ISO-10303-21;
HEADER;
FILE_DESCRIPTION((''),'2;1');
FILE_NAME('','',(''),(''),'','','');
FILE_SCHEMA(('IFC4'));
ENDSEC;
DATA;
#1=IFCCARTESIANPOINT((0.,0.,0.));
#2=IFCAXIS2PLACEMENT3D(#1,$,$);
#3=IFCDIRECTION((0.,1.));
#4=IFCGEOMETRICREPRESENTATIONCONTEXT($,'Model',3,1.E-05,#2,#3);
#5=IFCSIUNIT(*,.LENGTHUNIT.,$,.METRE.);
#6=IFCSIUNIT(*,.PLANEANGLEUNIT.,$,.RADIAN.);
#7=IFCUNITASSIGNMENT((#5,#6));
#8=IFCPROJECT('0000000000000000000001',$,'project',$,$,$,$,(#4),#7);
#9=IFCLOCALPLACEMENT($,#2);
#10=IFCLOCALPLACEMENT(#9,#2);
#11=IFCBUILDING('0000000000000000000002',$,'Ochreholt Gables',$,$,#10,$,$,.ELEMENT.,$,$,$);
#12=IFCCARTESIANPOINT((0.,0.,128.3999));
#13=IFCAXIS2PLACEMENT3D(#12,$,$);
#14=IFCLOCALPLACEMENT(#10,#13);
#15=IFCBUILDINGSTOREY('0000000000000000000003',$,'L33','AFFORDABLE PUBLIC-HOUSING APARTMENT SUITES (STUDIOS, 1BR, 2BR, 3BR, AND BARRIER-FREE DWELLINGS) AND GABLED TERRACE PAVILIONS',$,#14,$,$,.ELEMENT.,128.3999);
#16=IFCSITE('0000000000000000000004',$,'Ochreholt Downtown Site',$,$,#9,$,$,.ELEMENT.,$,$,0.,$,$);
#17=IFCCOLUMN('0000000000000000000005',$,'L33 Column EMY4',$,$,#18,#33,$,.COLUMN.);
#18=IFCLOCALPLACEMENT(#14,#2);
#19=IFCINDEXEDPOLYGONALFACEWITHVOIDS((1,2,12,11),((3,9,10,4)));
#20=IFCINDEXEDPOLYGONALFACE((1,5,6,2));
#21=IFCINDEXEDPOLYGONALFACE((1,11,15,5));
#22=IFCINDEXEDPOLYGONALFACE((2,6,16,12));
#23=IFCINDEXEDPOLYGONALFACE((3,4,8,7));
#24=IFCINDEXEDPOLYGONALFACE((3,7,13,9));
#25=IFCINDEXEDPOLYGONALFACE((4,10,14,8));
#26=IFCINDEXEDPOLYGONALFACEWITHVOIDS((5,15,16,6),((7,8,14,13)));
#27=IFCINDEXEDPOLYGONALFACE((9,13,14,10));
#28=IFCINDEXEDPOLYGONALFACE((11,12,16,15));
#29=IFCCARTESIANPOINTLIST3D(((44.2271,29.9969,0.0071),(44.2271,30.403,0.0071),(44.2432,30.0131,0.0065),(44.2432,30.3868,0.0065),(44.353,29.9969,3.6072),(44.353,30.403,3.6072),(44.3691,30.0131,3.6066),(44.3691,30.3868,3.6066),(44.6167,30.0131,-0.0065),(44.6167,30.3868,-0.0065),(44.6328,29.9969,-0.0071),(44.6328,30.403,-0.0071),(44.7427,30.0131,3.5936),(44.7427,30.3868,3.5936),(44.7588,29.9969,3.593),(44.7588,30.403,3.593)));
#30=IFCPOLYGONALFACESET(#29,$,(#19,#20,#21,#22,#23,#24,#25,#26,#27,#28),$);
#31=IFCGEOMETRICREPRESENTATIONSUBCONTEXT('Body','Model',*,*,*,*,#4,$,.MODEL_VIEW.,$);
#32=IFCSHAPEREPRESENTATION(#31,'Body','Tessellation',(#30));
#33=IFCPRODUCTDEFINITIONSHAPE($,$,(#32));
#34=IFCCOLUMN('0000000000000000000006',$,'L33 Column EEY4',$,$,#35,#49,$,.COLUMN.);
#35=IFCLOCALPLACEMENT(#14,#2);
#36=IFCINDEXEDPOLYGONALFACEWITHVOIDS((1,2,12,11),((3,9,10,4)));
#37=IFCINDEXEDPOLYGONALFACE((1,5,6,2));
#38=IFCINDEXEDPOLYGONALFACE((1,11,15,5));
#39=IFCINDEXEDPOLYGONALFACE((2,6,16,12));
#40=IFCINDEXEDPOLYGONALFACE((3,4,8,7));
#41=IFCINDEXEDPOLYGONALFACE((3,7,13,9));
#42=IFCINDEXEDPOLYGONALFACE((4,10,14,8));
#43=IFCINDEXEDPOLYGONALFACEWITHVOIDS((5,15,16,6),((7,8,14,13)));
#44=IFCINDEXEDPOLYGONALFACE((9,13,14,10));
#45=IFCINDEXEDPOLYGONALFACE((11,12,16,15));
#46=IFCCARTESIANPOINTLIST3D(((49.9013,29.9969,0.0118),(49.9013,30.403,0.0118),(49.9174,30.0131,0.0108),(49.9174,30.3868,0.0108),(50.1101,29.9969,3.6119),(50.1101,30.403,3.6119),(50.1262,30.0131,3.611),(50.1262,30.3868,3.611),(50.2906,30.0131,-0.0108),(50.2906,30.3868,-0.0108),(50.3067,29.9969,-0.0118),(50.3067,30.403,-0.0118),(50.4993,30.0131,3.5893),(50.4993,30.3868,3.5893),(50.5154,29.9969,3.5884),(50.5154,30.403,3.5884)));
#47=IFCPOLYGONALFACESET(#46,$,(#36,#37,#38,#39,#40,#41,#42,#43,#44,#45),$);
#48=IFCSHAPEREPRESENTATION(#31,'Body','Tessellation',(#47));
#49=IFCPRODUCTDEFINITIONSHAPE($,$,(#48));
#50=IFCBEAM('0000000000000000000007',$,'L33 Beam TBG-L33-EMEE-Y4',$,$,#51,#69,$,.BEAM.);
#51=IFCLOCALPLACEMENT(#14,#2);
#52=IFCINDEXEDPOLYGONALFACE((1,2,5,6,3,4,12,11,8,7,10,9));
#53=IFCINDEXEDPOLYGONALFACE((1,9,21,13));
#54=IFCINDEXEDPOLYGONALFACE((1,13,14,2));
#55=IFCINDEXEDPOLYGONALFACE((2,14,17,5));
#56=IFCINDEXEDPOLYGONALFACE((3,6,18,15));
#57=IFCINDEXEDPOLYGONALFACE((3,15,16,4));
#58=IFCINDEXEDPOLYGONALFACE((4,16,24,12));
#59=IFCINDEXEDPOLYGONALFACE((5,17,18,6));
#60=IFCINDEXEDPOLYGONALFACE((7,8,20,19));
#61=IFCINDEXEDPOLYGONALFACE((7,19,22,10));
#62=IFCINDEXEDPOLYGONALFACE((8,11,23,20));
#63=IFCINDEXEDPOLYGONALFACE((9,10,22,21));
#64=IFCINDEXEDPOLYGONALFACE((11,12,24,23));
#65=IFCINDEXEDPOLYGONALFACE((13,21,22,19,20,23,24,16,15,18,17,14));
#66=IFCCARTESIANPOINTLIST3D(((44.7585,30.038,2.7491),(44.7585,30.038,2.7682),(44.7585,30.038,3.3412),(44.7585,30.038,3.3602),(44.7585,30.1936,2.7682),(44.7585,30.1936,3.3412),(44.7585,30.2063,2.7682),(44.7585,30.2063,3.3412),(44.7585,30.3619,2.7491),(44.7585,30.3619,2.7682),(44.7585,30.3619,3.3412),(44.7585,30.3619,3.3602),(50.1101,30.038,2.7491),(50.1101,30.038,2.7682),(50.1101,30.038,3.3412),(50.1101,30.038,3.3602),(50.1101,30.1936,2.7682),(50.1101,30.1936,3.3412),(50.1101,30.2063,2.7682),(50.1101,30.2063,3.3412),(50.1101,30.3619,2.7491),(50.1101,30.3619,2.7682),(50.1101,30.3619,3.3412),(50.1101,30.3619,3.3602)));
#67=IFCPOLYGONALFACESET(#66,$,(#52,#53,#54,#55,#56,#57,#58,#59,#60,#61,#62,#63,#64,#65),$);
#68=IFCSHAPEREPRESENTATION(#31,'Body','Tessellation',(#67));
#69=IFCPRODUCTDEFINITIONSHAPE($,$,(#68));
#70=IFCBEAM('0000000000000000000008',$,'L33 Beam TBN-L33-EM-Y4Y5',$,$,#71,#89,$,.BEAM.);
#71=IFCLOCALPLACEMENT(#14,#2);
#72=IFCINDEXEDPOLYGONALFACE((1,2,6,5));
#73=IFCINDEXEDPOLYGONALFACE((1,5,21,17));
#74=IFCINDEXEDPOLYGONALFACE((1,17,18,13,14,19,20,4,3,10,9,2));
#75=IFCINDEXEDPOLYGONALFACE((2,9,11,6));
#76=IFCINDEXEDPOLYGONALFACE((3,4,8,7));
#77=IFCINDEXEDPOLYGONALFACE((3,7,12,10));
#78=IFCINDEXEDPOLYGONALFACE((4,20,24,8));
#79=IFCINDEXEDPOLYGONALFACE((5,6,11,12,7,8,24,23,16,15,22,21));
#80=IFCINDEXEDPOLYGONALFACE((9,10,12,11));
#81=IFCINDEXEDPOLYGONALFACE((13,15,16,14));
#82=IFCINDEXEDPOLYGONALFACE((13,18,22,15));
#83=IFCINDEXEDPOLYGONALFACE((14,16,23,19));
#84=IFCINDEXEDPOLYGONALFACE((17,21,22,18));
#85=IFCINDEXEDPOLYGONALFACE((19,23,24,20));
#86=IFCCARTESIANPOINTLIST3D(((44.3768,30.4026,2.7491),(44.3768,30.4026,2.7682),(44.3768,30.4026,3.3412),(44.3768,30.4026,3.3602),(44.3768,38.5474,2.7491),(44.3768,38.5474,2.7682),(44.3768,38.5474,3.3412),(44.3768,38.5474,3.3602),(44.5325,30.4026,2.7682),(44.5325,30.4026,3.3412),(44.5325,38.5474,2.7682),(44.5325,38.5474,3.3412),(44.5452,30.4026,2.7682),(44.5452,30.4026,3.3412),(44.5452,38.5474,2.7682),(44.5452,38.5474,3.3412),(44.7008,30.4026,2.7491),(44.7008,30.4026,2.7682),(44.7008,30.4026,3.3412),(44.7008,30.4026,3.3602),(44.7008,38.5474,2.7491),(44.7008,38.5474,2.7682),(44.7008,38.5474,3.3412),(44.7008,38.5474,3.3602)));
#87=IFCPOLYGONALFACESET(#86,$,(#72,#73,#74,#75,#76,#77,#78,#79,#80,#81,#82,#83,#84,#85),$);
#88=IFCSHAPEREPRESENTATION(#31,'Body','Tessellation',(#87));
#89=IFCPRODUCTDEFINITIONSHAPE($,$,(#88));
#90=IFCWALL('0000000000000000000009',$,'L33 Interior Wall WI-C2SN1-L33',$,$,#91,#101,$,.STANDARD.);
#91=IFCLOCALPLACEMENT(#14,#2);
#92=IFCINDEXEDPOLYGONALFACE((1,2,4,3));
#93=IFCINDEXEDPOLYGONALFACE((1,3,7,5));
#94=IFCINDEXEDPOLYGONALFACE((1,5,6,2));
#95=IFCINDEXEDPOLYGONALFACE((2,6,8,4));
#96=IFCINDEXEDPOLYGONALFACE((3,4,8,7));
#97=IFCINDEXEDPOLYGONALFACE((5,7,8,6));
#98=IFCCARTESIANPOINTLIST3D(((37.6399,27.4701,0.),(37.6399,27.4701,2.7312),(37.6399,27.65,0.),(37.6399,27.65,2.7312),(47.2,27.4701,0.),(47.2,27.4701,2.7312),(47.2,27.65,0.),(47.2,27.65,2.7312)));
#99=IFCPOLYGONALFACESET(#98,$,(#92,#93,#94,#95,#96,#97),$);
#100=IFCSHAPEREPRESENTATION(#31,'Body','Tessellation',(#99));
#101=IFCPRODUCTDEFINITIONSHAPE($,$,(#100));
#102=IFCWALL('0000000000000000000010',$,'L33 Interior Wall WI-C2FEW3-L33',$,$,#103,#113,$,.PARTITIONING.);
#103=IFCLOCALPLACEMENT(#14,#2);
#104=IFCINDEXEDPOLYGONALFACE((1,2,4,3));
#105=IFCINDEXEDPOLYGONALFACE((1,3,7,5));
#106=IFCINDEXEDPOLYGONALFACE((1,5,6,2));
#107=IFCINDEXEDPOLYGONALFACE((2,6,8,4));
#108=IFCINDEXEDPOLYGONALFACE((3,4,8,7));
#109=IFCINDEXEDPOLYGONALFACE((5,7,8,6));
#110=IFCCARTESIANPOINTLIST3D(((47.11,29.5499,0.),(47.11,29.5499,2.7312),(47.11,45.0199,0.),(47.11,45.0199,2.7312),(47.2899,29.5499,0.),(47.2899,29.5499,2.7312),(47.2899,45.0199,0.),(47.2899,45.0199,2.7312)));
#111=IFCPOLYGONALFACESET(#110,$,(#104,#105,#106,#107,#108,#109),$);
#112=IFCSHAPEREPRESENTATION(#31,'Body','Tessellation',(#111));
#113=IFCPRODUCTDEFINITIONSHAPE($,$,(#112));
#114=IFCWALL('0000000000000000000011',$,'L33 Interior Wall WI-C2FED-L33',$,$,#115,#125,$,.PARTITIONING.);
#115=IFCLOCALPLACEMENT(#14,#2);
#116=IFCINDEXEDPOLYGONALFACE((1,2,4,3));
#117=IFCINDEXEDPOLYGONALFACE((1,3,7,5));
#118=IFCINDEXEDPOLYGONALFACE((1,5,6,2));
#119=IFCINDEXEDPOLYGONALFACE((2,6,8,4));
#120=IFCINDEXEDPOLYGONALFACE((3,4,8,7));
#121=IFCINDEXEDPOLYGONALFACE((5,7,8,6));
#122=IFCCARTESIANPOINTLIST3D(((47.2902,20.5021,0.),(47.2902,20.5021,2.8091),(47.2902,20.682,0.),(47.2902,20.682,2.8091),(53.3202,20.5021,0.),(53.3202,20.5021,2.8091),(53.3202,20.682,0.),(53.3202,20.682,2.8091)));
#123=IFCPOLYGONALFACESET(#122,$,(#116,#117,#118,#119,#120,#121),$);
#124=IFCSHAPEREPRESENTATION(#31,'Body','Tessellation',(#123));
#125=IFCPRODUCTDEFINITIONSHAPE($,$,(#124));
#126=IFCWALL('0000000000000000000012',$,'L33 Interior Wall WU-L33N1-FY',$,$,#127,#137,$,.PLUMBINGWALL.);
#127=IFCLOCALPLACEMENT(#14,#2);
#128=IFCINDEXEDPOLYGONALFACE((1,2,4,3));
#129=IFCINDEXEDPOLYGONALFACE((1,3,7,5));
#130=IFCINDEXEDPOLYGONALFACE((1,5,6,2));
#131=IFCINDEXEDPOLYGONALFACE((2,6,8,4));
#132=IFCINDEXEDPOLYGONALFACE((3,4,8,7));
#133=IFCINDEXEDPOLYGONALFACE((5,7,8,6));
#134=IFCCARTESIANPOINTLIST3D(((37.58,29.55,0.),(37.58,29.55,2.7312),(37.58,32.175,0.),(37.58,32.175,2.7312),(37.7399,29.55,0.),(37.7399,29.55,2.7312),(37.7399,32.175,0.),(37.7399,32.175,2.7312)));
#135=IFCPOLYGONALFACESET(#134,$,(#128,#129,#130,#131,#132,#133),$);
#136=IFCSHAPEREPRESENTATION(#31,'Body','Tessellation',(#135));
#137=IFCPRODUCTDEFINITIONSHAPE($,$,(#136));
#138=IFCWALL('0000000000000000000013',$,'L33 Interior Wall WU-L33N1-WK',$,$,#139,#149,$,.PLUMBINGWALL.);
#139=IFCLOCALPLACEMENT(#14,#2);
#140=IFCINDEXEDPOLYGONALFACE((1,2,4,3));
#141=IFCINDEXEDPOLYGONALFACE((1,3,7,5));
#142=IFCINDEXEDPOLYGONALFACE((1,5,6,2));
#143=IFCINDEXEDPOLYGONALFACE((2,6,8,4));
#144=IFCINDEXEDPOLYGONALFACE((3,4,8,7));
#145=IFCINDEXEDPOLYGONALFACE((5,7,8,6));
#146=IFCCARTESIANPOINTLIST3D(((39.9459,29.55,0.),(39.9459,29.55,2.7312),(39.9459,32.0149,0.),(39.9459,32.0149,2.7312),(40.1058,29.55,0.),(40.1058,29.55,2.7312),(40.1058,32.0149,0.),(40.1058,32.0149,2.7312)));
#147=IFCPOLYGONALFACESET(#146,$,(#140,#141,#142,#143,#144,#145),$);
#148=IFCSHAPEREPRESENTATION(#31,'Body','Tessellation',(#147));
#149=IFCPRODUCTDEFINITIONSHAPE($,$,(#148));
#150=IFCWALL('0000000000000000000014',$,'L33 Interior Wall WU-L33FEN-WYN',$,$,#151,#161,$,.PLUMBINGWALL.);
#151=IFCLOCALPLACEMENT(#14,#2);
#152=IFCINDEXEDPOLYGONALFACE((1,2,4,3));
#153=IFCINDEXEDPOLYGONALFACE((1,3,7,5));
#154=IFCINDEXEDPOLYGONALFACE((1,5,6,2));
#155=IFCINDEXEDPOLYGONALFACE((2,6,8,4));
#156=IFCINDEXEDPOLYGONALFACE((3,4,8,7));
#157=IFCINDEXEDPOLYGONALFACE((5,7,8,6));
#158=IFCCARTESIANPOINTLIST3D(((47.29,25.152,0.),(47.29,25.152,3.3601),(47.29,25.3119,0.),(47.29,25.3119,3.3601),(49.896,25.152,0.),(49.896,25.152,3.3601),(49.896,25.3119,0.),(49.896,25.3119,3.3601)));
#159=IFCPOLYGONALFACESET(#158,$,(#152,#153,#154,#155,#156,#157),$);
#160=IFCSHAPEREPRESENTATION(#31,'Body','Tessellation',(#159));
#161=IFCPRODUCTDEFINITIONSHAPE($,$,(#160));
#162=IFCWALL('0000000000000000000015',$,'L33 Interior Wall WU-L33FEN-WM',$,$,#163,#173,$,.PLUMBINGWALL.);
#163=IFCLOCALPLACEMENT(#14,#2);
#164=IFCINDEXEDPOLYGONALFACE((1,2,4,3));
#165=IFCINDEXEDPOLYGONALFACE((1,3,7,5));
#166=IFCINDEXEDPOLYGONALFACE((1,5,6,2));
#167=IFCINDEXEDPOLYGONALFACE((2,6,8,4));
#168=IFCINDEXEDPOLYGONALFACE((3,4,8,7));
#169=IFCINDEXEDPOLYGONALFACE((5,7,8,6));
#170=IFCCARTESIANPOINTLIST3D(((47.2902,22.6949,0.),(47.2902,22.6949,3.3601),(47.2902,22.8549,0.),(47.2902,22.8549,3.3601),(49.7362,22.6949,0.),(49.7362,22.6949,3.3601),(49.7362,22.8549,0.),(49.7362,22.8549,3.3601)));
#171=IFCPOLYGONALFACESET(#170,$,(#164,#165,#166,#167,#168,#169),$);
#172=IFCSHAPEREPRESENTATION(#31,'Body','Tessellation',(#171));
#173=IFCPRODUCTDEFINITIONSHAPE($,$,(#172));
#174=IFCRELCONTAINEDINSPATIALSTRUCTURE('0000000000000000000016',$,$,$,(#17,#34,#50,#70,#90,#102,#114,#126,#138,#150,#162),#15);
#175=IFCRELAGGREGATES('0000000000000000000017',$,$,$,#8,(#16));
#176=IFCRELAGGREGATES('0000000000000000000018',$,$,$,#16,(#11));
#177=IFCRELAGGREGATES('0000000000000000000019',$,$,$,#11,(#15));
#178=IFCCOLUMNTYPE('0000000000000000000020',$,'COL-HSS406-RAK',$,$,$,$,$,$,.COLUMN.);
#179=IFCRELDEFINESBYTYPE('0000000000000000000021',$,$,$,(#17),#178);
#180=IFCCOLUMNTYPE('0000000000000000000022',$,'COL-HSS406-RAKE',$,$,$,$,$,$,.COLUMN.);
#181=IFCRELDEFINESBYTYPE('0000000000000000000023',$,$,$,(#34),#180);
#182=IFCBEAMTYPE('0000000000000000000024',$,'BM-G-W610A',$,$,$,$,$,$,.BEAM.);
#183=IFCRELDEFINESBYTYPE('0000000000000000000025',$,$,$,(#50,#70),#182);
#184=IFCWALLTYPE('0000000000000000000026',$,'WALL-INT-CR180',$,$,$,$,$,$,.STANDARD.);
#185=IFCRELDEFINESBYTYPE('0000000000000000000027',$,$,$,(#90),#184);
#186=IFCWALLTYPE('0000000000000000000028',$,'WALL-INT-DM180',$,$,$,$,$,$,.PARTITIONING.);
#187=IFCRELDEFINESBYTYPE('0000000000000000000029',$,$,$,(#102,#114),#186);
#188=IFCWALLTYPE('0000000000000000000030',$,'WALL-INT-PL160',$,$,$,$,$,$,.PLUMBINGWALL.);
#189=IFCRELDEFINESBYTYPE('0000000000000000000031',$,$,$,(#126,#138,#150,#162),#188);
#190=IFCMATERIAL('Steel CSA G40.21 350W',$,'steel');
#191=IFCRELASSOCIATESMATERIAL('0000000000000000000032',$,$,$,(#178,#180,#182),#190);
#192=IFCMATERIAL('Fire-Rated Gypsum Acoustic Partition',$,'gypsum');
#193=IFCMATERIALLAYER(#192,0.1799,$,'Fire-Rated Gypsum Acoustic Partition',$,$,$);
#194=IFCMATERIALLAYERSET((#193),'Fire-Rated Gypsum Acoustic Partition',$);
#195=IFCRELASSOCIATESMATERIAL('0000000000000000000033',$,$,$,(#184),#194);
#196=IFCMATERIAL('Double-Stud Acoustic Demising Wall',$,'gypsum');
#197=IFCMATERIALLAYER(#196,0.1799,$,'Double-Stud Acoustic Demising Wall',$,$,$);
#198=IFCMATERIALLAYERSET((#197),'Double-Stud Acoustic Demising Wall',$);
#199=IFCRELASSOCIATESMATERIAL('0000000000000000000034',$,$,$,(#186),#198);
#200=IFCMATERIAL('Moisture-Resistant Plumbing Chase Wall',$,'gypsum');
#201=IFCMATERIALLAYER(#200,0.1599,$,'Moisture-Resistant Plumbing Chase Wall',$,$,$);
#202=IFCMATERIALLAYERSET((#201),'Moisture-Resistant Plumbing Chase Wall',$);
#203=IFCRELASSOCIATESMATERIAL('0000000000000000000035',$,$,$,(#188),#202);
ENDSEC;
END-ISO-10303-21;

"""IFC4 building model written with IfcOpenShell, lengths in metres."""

from ifc_helpers import new_model, si_unit, direction, frame, frame_2d, origin, origin_2d, place, context, subcontext, project, spatial, rectangle, hollow_rectangle, i_section, extrude, material, layer, layer_set, material_profile, profile_set, type_object, element, save


model = new_model("IFC4")

# Units and contexts
model_context = context("Model", 3, precision=1e-05, world=origin(), true_north=direction((0.0, 1.0)))
body_context = subcontext(model_context, "Body", "Model", "MODEL_VIEW")
ifc_project = project(units=[si_unit("LENGTHUNIT", "METRE"), si_unit("PLANEANGLEUNIT", "RADIAN")], contexts=[model_context])

# Site, building, storey
site_placement = place(None, origin())
site = spatial("IfcSite", under=ifc_project, at=site_placement, Name="Ochreholt Downtown Site", CompositionType="ELEMENT", RefElevation=0.0)
building_placement = place(site_placement, origin())
building = spatial("IfcBuilding", under=site, at=building_placement, Name="Ochreholt Gables", CompositionType="ELEMENT")
storey_placement = place(building_placement, frame((0.0, 0.0, 128.3999)))
storey = spatial("IfcBuildingStorey", under=building, at=storey_placement, Name="L33", Description="AFFORDABLE PUBLIC-HOUSING APARTMENT SUITES (STUDIOS, 1BR, 2BR, 3BR, AND BARRIER-FREE DWELLINGS) AND GABLED TERRACE PAVILIONS", CompositionType="ELEMENT", Elevation=128.3999)

# Columns
ifc_material_1 = material(Name="Steel CSA G40.21 350W", Category="steel")
ifc_material_profile_1 = material_profile(ifc_material_1, hollow_rectangle(XDim=0.406, YDim=0.406, WallThickness=0.0161, at=origin_2d()), Name="HSS406X406X16")
ifc_profile_set_1 = profile_set([ifc_material_profile_1], Name="Steel CSA G40.21 350W")
column_type_1 = type_object("IfcColumnType", Name="COL-HSS406-RAK", PredefinedType="COLUMN", material=ifc_profile_set_1)
column_1_placement = place(storey_placement, frame((44.4299, 30.2, 0.0), z_axis=(0.034971, 0.0, 0.999388), x_axis=(0.0, 1.0, 0.0)))
element("IfcColumn", 1, at=column_1_placement, inside=storey, type_object=column_type_1, Name="L33 Column EMY4", PredefinedType="COLUMN", context=body_context, shape_type="SweptSolid", body=[
    extrude(hollow_rectangle(XDim=0.406, YDim=0.406, WallThickness=0.0161, at=origin_2d()), origin(), (0.0, 0.0, 1.0), 3.6023),
])
ifc_material_profile_2 = material_profile(ifc_material_1, hollow_rectangle(XDim=0.406, YDim=0.406, WallThickness=0.0161, at=origin_2d()), Name="HSS406X406X16")
ifc_profile_set_2 = profile_set([ifc_material_profile_2], Name="Steel CSA G40.21 350W")
column_type_2 = type_object("IfcColumnType", Name="COL-HSS406-RAKE", PredefinedType="COLUMN", material=ifc_profile_set_2)
column_2_placement = place(storey_placement, frame((50.104, 30.2, 0.0), z_axis=(0.057885, 0.0, 0.998323), x_axis=(0.0, 1.0, 0.0)))
element("IfcColumn", 2, at=column_2_placement, inside=storey, type_object=column_type_2, Name="L33 Column EEY4", PredefinedType="COLUMN", context=body_context, shape_type="SweptSolid", body=[
    extrude(hollow_rectangle(XDim=0.406, YDim=0.406, WallThickness=0.0161, at=origin_2d()), origin(), (0.0, 0.0, 1.0), 3.6062),
])

# Beams
ifc_material_profile_3 = material_profile(ifc_material_1, i_section(OverallWidth=0.324, OverallDepth=0.6111, WebThickness=0.0127, FlangeThickness=0.019, at=origin_2d()), Name="W610X155")
ifc_profile_set_3 = profile_set([ifc_material_profile_3], Name="Steel CSA G40.21 350W")
beam_type = type_object("IfcBeamType", Name="BM-G-W610A", PredefinedType="BEAM", material=ifc_profile_set_3)
beam_1_placement = place(storey_placement, frame((44.7585, 30.2, 3.0547), z_axis=(1.0, 0.0, 0.0), x_axis=(0.0, 1.0, 0.0)))
element("IfcBeam", 3, at=beam_1_placement, inside=storey, type_object=beam_type, Name="L33 Beam TBG-L33-EMEE-Y4", PredefinedType="BEAM", context=body_context, shape_type="SweptSolid", body=[
    extrude(i_section(OverallWidth=0.324, OverallDepth=0.6111, WebThickness=0.0127, FlangeThickness=0.019, at=origin_2d()), origin(), (0.0, 0.0, 1.0), 5.3516),
])
beam_2_placement = place(storey_placement, frame((44.5388, 30.4026, 3.0547), z_axis=(0.0, 1.0, 0.0), x_axis=(-1.0, 0.0, 0.0)))
element("IfcBeam", 4, at=beam_2_placement, inside=storey, type_object=beam_type, Name="L33 Beam TBN-L33-EM-Y4Y5", PredefinedType="BEAM", context=body_context, shape_type="SweptSolid", body=[
    extrude(i_section(OverallWidth=0.324, OverallDepth=0.6111, WebThickness=0.0127, FlangeThickness=0.019, at=origin_2d()), origin(), (0.0, 0.0, 1.0), 8.1448),
])

# Wall
ifc_material_2 = material(Name="Fire-Rated Gypsum Acoustic Partition", Category="gypsum")
ifc_layer_1 = layer(ifc_material_2, 0.1799, Name="Fire-Rated Gypsum Acoustic Partition")
ifc_layer_set_1 = layer_set([ifc_layer_1], Name="Fire-Rated Gypsum Acoustic Partition")
wall_type_1 = type_object("IfcWallType", Name="WALL-INT-CR180", PredefinedType="STANDARD", material=ifc_layer_set_1)
wall_1_placement = place(storey_placement, frame((37.6399, 27.5601, 0.0), z_axis=(0.0, 0.0, 1.0), x_axis=(1.0, 0.0, 0.0)))
element("IfcWall", 5, at=wall_1_placement, inside=storey, type_object=wall_type_1, Name="L33 Interior Wall WI-C2SN1-L33", PredefinedType="STANDARD", context=body_context, shape_type="SweptSolid", body=[
    extrude(rectangle(XDim=9.5601, YDim=0.1799, at=frame_2d((4.78, 0.0))), origin(), (0.0, 0.0, 1.0), 2.7312),
])

# Walls
ifc_material_3 = material(Name="Double-Stud Acoustic Demising Wall", Category="gypsum")
ifc_layer_2 = layer(ifc_material_3, 0.1799, Name="Double-Stud Acoustic Demising Wall")
ifc_layer_set_2 = layer_set([ifc_layer_2], Name="Double-Stud Acoustic Demising Wall")
wall_type_2 = type_object("IfcWallType", Name="WALL-INT-DM180", PredefinedType="PARTITIONING", material=ifc_layer_set_2)
wall_2_placement = place(storey_placement, frame((47.2, 29.55, 0.0), z_axis=(0.0, 0.0, 1.0), x_axis=(0.0, 1.0, 0.0)))
element("IfcWall", 6, at=wall_2_placement, inside=storey, type_object=wall_type_2, Name="L33 Interior Wall WI-C2FEW3-L33", PredefinedType="PARTITIONING", context=body_context, shape_type="SweptSolid", body=[
    extrude(rectangle(XDim=15.47, YDim=0.1799, at=frame_2d((7.7349, 0.0))), origin(), (0.0, 0.0, 1.0), 2.7312),
])
wall_3_placement = place(storey_placement, frame((47.29, 20.592, 0.0), z_axis=(0.0, 0.0, 1.0), x_axis=(1.0, 0.0, 0.0)))
element("IfcWall", 7, at=wall_3_placement, inside=storey, type_object=wall_type_2, Name="L33 Interior Wall WI-C2FED-L33", PredefinedType="PARTITIONING", context=body_context, shape_type="SweptSolid", body=[
    extrude(rectangle(XDim=6.03, YDim=0.1799, at=frame_2d((3.0151, 0.0))), origin(), (0.0, 0.0, 1.0), 2.8091),
])
ifc_material_4 = material(Name="Moisture-Resistant Plumbing Chase Wall", Category="gypsum")
ifc_layer_3 = layer(ifc_material_4, 0.1599, Name="Moisture-Resistant Plumbing Chase Wall")
ifc_layer_set_3 = layer_set([ifc_layer_3], Name="Moisture-Resistant Plumbing Chase Wall")
wall_type_3 = type_object("IfcWallType", Name="WALL-INT-PL160", PredefinedType="PLUMBINGWALL", material=ifc_layer_set_3)
wall_4_placement = place(storey_placement, frame((37.6599, 29.55, 0.0), z_axis=(0.0, 0.0, 1.0), x_axis=(0.0, 1.0, 0.0)))
element("IfcWall", 8, at=wall_4_placement, inside=storey, type_object=wall_type_3, Name="L33 Interior Wall WU-L33N1-FY", PredefinedType="PLUMBINGWALL", context=body_context, shape_type="SweptSolid", body=[
    extrude(rectangle(XDim=2.625, YDim=0.1599, at=frame_2d((1.3125, 0.0))), origin(), (0.0, 0.0, 1.0), 2.7312),
])
wall_5_placement = place(storey_placement, frame((40.0259, 29.55, 0.0), z_axis=(0.0, 0.0, 1.0), x_axis=(0.0, 1.0, 0.0)))
element("IfcWall", 9, at=wall_5_placement, inside=storey, type_object=wall_type_3, Name="L33 Interior Wall WU-L33N1-WK", PredefinedType="PLUMBINGWALL", context=body_context, shape_type="SweptSolid", body=[
    extrude(rectangle(XDim=2.4648, YDim=0.1599, at=frame_2d((1.2324, 0.0))), origin(), (0.0, 0.0, 1.0), 2.7312),
])
wall_6_placement = place(storey_placement, frame((47.29, 25.2319, 0.0), z_axis=(0.0, 0.0, 1.0), x_axis=(1.0, 0.0, 0.0)))
element("IfcWall", 10, at=wall_6_placement, inside=storey, type_object=wall_type_3, Name="L33 Interior Wall WU-L33FEN-WYN", PredefinedType="PLUMBINGWALL", context=body_context, shape_type="SweptSolid", body=[
    extrude(rectangle(XDim=2.606, YDim=0.1599, at=frame_2d((1.303, 0.0))), origin(), (0.0, 0.0, 1.0), 3.3601),
])

# Wall
wall_7_placement = place(storey_placement, frame((47.29, 22.7749, 0.0), z_axis=(0.0, 0.0, 1.0), x_axis=(1.0, 0.0, 0.0)))
element("IfcWall", 11, at=wall_7_placement, inside=storey, type_object=wall_type_3, Name="L33 Interior Wall WU-L33FEN-WM", PredefinedType="PLUMBINGWALL", context=body_context, shape_type="SweptSolid", body=[
    extrude(rectangle(XDim=2.446, YDim=0.1599, at=frame_2d((1.2231, 0.0))), origin(), (0.0, 0.0, 1.0), 3.3601),
])

save(model, "model.ifc")
